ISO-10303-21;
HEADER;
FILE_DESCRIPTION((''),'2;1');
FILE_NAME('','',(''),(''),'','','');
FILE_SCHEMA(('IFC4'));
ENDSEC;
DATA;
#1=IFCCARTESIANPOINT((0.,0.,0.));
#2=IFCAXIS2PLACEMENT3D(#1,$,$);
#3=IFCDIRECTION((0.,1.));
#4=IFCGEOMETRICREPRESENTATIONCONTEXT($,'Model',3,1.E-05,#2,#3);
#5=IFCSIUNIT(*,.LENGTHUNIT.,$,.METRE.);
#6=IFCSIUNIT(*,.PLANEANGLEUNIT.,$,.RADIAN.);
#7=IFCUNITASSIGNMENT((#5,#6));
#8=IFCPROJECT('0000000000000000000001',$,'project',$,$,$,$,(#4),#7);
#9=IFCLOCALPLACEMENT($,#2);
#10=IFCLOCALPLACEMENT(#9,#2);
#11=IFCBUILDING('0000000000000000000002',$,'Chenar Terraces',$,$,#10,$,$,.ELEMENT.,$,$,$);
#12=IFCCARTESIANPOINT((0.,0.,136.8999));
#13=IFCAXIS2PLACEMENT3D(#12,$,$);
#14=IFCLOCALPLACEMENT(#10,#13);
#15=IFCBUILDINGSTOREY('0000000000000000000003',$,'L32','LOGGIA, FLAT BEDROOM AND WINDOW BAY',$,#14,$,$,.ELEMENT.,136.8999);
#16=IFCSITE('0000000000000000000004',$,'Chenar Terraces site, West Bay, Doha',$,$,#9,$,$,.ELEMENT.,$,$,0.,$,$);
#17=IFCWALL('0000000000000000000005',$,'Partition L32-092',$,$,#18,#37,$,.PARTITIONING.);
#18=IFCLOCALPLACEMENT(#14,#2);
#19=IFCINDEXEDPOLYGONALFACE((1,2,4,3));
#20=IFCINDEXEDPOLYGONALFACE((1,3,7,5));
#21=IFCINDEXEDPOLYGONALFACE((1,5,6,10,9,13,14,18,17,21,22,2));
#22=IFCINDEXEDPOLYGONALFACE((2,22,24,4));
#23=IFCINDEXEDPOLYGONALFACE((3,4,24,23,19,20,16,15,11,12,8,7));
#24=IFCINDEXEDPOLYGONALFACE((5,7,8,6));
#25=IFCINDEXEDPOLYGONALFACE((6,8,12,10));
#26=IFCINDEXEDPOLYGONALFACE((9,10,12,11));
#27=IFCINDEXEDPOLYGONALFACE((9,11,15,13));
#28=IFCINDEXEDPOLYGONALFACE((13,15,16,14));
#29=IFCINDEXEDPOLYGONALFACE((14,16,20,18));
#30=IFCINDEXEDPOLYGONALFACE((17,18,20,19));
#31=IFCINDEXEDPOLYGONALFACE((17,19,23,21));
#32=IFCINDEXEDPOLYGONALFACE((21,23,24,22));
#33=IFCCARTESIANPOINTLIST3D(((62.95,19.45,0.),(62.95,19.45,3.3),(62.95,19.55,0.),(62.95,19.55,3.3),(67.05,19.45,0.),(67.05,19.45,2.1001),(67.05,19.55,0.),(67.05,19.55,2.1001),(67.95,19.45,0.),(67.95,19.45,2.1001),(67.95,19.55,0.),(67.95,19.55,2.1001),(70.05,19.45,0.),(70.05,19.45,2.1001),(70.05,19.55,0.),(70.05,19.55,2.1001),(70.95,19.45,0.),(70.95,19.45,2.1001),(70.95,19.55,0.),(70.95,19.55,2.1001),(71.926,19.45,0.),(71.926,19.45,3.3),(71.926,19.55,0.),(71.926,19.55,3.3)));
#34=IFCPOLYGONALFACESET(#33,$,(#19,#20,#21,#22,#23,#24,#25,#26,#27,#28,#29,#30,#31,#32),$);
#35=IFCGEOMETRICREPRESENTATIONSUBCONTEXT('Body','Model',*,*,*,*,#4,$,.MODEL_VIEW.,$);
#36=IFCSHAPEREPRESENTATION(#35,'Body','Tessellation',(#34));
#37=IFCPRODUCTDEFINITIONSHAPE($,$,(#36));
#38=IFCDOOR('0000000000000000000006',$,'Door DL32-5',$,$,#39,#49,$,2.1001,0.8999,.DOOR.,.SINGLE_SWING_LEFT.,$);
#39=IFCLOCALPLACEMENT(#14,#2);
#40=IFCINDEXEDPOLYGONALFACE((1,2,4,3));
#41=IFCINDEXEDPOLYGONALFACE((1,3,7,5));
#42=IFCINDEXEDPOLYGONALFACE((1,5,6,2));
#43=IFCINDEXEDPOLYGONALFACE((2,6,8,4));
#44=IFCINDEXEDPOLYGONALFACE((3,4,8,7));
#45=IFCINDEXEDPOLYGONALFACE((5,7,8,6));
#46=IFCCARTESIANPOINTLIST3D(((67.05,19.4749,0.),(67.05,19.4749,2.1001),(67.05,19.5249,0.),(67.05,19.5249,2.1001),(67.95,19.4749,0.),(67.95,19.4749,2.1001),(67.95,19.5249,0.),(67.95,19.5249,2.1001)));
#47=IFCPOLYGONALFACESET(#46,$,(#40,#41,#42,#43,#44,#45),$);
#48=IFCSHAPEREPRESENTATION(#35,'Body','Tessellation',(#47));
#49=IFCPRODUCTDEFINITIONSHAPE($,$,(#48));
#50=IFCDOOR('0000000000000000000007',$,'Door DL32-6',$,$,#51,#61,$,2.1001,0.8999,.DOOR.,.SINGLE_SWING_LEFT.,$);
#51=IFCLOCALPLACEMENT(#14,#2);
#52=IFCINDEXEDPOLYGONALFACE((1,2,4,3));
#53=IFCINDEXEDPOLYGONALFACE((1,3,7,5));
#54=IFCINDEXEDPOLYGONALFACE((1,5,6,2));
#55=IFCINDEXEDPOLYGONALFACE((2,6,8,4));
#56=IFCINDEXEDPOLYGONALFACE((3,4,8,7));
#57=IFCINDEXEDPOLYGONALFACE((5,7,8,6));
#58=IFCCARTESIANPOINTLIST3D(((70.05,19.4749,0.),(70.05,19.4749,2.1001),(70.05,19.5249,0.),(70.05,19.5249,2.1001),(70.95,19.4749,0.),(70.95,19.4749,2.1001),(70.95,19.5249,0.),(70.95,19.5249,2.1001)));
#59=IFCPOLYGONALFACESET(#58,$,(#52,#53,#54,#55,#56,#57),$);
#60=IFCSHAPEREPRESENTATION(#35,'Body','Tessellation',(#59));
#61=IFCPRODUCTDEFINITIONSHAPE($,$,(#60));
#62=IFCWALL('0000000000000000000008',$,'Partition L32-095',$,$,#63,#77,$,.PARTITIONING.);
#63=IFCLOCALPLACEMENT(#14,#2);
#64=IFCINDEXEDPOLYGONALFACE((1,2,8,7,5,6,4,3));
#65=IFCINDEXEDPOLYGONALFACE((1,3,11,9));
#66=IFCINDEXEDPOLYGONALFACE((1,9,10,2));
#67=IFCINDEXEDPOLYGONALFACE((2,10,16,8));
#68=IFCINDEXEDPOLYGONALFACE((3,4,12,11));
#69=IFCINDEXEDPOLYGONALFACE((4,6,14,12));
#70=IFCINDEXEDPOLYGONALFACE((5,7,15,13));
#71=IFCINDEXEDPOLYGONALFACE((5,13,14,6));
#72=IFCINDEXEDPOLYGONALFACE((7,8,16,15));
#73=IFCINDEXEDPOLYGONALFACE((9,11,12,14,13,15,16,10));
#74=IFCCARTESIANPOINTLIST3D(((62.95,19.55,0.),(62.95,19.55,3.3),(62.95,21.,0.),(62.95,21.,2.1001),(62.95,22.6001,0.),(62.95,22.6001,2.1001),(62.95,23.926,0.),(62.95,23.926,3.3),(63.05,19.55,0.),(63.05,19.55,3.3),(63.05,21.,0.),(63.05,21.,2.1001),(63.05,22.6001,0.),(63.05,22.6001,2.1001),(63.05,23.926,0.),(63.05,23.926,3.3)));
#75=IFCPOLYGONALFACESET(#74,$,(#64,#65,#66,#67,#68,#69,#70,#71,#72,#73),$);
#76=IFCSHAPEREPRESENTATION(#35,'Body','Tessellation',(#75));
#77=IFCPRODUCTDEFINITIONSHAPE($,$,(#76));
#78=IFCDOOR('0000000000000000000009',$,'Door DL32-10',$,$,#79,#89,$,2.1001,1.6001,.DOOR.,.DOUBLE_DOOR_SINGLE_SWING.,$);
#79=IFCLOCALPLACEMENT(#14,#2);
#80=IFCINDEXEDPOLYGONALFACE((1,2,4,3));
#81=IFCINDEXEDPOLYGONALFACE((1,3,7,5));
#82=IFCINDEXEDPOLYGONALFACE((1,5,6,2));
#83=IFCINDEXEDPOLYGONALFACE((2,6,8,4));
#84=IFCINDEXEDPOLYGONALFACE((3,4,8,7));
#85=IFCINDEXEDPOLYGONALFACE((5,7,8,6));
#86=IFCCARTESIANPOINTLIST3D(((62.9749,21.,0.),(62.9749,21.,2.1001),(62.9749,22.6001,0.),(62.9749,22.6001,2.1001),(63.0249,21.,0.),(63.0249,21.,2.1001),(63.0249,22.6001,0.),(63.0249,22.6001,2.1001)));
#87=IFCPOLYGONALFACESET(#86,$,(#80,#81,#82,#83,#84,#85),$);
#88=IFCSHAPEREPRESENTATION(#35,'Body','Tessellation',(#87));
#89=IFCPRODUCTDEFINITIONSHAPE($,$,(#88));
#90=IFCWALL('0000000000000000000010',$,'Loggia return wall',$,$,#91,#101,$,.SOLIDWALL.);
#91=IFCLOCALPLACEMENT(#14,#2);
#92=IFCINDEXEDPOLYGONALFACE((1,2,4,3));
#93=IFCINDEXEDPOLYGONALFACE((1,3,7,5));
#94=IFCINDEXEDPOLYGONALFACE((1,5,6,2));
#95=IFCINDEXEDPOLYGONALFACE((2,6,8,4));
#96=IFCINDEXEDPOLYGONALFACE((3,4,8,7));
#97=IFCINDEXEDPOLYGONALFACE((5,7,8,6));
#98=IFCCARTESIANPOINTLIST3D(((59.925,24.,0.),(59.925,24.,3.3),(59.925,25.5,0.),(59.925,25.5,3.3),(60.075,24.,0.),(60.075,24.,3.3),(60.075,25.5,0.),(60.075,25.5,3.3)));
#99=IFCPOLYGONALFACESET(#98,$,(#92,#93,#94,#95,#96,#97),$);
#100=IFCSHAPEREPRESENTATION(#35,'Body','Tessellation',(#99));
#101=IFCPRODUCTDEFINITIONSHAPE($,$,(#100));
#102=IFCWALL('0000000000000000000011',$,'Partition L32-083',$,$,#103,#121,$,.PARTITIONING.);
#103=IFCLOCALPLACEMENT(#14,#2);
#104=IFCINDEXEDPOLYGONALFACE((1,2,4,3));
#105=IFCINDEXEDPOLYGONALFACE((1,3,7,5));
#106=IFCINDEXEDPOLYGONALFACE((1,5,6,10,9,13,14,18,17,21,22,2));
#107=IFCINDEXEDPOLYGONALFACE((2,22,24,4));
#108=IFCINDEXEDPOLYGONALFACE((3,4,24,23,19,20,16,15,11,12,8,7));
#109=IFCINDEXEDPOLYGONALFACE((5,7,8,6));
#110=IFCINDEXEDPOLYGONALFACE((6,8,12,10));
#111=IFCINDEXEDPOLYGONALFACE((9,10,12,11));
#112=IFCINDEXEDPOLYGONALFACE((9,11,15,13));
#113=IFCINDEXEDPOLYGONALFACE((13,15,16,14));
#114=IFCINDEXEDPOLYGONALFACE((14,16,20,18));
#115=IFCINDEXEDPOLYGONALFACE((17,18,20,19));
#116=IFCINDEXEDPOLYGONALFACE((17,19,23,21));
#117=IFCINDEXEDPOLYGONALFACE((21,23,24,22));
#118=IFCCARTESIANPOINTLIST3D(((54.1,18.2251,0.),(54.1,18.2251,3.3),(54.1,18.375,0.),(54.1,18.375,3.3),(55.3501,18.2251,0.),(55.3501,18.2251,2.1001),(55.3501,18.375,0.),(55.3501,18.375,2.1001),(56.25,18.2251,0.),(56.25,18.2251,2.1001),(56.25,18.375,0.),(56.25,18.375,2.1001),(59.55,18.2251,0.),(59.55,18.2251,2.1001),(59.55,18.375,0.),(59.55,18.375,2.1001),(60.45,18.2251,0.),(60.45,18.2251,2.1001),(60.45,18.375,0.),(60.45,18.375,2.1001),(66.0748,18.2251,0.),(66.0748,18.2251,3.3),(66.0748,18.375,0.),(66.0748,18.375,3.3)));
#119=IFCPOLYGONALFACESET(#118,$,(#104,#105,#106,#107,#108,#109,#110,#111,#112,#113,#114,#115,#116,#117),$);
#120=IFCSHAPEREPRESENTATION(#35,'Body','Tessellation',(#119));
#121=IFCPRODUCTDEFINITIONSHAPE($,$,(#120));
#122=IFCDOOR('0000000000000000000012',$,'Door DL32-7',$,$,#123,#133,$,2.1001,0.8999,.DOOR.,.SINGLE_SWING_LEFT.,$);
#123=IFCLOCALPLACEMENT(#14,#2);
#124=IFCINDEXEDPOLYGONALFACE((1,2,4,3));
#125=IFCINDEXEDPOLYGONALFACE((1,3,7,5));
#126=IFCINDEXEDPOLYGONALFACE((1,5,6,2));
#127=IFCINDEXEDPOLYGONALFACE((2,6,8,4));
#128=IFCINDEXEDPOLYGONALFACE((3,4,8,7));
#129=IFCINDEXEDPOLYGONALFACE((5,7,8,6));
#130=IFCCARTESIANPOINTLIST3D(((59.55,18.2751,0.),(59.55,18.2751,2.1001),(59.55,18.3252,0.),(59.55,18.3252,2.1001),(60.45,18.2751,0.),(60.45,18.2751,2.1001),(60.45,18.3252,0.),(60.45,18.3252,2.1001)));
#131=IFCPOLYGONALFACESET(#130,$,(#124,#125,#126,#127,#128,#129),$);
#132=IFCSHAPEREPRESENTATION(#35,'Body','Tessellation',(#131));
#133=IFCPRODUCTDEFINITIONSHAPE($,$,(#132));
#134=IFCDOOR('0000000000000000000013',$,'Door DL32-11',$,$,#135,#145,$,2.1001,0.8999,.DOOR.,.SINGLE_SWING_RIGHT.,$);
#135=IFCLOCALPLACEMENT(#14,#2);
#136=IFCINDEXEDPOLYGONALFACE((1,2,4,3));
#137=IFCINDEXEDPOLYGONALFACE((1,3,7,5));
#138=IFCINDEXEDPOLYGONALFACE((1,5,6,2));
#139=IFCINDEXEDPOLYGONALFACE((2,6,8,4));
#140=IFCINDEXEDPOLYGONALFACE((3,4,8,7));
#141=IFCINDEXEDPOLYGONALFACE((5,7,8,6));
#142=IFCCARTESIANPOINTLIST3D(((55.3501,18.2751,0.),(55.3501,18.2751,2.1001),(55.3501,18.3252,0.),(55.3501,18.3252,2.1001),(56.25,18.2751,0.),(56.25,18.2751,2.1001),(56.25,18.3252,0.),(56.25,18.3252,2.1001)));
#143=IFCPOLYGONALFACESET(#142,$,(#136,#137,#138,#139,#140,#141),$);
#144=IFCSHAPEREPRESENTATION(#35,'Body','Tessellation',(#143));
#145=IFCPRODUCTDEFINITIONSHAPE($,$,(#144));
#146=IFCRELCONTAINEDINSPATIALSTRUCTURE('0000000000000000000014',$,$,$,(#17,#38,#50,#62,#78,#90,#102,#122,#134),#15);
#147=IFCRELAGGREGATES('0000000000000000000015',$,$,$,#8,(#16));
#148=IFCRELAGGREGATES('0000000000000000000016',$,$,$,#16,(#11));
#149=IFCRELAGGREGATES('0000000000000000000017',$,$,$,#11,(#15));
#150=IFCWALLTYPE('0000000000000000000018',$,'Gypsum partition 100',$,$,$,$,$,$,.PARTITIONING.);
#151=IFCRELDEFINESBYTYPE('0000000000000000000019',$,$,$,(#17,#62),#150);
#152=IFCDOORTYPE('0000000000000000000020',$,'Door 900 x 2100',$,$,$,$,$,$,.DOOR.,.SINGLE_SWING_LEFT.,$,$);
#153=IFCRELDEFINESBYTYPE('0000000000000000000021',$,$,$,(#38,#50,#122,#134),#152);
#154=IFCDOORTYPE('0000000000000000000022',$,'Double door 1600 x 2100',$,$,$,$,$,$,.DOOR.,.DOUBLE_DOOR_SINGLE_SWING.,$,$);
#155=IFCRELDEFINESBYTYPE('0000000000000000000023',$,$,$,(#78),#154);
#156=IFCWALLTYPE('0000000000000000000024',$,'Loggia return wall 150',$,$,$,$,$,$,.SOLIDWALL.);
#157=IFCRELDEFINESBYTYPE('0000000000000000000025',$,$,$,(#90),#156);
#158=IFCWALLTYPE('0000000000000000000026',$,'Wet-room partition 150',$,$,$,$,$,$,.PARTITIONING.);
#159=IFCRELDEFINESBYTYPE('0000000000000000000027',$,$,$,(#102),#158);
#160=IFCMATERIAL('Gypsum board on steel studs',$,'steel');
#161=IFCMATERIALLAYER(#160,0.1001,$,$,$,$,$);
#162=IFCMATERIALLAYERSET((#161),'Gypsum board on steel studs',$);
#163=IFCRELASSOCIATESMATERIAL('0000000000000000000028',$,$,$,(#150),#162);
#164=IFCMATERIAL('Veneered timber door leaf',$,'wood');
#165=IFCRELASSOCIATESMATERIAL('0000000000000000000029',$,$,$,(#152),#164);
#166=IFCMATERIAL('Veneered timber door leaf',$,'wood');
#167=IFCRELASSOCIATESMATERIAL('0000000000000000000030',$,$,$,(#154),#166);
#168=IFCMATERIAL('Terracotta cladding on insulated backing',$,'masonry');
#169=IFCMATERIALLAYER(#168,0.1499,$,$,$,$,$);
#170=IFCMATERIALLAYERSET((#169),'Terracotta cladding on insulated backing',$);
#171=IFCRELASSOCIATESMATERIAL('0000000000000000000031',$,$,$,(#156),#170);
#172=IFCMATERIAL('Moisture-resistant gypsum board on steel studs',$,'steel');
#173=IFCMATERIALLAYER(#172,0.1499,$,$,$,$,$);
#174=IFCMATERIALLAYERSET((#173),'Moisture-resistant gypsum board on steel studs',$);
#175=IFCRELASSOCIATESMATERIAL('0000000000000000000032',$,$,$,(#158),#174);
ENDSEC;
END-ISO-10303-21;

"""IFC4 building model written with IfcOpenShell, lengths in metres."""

from ifc_helpers import new_model, si_unit, direction, frame, frame_2d, origin, place, context, subcontext, project, spatial, rectangle, extrude, material, layer, layer_set, type_object, element, fill, save


model = new_model("IFC4")

# Units and contexts
model_context = context("Model", 3, precision=1e-05, world=origin(), true_north=direction((0.0, 1.0)))
body_context = subcontext(model_context, "Body", "Model", "MODEL_VIEW")
ifc_project = project(units=[si_unit("LENGTHUNIT", "METRE"), si_unit("PLANEANGLEUNIT", "RADIAN")], contexts=[model_context])

# Site, building, storey
site_placement = place(None, origin())
site = spatial("IfcSite", under=ifc_project, at=site_placement, Name="Chenar Terraces site, West Bay, Doha", CompositionType="ELEMENT", RefElevation=0.0)
building_placement = place(site_placement, origin())
building = spatial("IfcBuilding", under=site, at=building_placement, Name="Chenar Terraces", CompositionType="ELEMENT")
storey_placement = place(building_placement, frame((0.0, 0.0, 136.8999)))
storey = spatial("IfcBuildingStorey", under=building, at=storey_placement, Name="L32", Description="LOGGIA, FLAT BEDROOM AND WINDOW BAY", CompositionType="ELEMENT", Elevation=136.8999)

# Shared definitions
ifc_material_1 = material(Name="Gypsum board on steel studs", Category="steel")
ifc_layer_1 = layer(ifc_material_1, 0.1001)
ifc_layer_set_1 = layer_set([ifc_layer_1], Name="Gypsum board on steel studs")
wall_type_1 = type_object("IfcWallType", Name="Gypsum partition 100", PredefinedType="PARTITIONING", material=ifc_layer_set_1)
ifc_material_2 = material(Name="Veneered timber door leaf", Category="wood")
door_type_1 = type_object("IfcDoorType", Name="Door 900 x 2100", OperationType="SINGLE_SWING_LEFT", PredefinedType="DOOR", material=ifc_material_2)

# Wall, openings, doors
wall_1_placement = place(storey_placement, frame((62.95, 19.5, 0.0), z_axis=(0.0, 0.0, 1.0), x_axis=(1.0, 0.0, 0.0)))
wall_1 = element("IfcWall", 1, at=wall_1_placement, inside=storey, type_object=wall_type_1, Name="Partition L32-092", PredefinedType="PARTITIONING", context=body_context, shape_type="SweptSolid", body=[
    extrude(rectangle(XDim=8.9761, YDim=0.1001, at=frame_2d((4.488, 0.0))), origin(), (0.0, 0.0, 1.0), 3.3),
])
opening_1_placement = place(wall_1_placement, frame((4.1001, 0.0, 0.0)))
opening_1 = element("IfcOpeningElement", 2, at=opening_1_placement, cuts=wall_1, PredefinedType="OPENING", context=body_context, shape_type="SweptSolid", body=[
    extrude(rectangle(XDim=0.8999, YDim=2.1001, at=frame_2d((0.45, 1.05))), frame((0.0, 0.0601, 0.0), z_axis=(0.0, -1.0, 0.0), x_axis=(1.0, 0.0, 0.0)), (0.0, 0.0, 1.0), 0.1201),
])
opening_2_placement = place(wall_1_placement, frame((7.1001, 0.0, 0.0)))
opening_2 = element("IfcOpeningElement", 3, at=opening_2_placement, cuts=wall_1, PredefinedType="OPENING", context=body_context, shape_type="SweptSolid", body=[
    extrude(rectangle(XDim=0.8999, YDim=2.1001, at=frame_2d((0.45, 1.05))), frame((0.0, 0.0601, 0.0), z_axis=(0.0, -1.0, 0.0), x_axis=(1.0, 0.0, 0.0)), (0.0, 0.0, 1.0), 0.1201),
])
door_1_placement = place(opening_1_placement, origin())
door_1 = element("IfcDoor", 4, at=door_1_placement, inside=storey, type_object=door_type_1, Name="Door DL32-5", OperationType="SINGLE_SWING_LEFT", OverallHeight=2.1001, OverallWidth=0.8999, PredefinedType="DOOR", context=body_context, shape_type="SweptSolid", body=[
    extrude(rectangle(XDim=0.8999, YDim=2.1001, at=frame_2d((0.45, 1.05))), frame((0.0, 0.0249, 0.0), z_axis=(0.0, -1.0, 0.0), x_axis=(1.0, 0.0, 0.0)), (0.0, 0.0, 1.0), 0.05),
])
fill(opening_1, door_1)
door_2_placement = place(opening_2_placement, origin())
door_2 = element("IfcDoor", 5, at=door_2_placement, inside=storey, type_object=door_type_1, Name="Door DL32-6", OperationType="SINGLE_SWING_LEFT", OverallHeight=2.1001, OverallWidth=0.8999, PredefinedType="DOOR", context=body_context, shape_type="SweptSolid", body=[
    extrude(rectangle(XDim=0.8999, YDim=2.1001, at=frame_2d((0.45, 1.05))), frame((0.0, 0.0249, 0.0), z_axis=(0.0, -1.0, 0.0), x_axis=(1.0, 0.0, 0.0)), (0.0, 0.0, 1.0), 0.05),
])
fill(opening_2, door_2)

# Wall, opening, door
wall_2_placement = place(storey_placement, frame((63.0, 19.55, 0.0), z_axis=(0.0, 0.0, 1.0), x_axis=(0.0, 1.0, 0.0)))
wall_2 = element("IfcWall", 6, at=wall_2_placement, inside=storey, type_object=wall_type_1, Name="Partition L32-095", PredefinedType="PARTITIONING", context=body_context, shape_type="SweptSolid", body=[
    extrude(rectangle(XDim=4.376, YDim=0.1001, at=frame_2d((2.188, 0.0))), origin(), (0.0, 0.0, 1.0), 3.3),
])
opening_3_placement = place(wall_2_placement, frame((1.45, 0.0, 0.0)))
opening_3 = element("IfcOpeningElement", 7, at=opening_3_placement, cuts=wall_2, PredefinedType="OPENING", context=body_context, shape_type="SweptSolid", body=[
    extrude(rectangle(XDim=1.6001, YDim=2.1001, at=frame_2d((0.8, 1.05))), frame((0.0, 0.0601, 0.0), z_axis=(0.0, -1.0, 0.0), x_axis=(1.0, 0.0, 0.0)), (0.0, 0.0, 1.0), 0.1201),
])
ifc_material_3 = material(Name="Veneered timber door leaf", Category="wood")
door_type_2 = type_object("IfcDoorType", Name="Double door 1600 x 2100", OperationType="DOUBLE_DOOR_SINGLE_SWING", PredefinedType="DOOR", material=ifc_material_3)
door_3_placement = place(opening_3_placement, frame((1.6001, 0.0, 0.0), z_axis=(0.0, 0.0, 1.0), x_axis=(-1.0, 0.0, 0.0)))
door_3 = element("IfcDoor", 8, at=door_3_placement, inside=storey, type_object=door_type_2, Name="Door DL32-10", OperationType="DOUBLE_DOOR_SINGLE_SWING", OverallHeight=2.1001, OverallWidth=1.6001, PredefinedType="DOOR", context=body_context, shape_type="SweptSolid", body=[
    extrude(rectangle(XDim=1.6001, YDim=2.1001, at=frame_2d((0.8, 1.05))), frame((0.0, 0.0249, 0.0), z_axis=(0.0, -1.0, 0.0), x_axis=(1.0, 0.0, 0.0)), (0.0, 0.0, 1.0), 0.05),
])
fill(opening_3, door_3)

# Wall
ifc_material_4 = material(Name="Terracotta cladding on insulated backing", Category="masonry")
ifc_layer_2 = layer(ifc_material_4, 0.1499)
ifc_layer_set_2 = layer_set([ifc_layer_2], Name="Terracotta cladding on insulated backing")
wall_type_2 = type_object("IfcWallType", Name="Loggia return wall 150", PredefinedType="SOLIDWALL", material=ifc_layer_set_2)
wall_3_placement = place(storey_placement, frame((60.0, 25.5, 0.0), z_axis=(0.0, 0.0, 1.0), x_axis=(0.0, -1.0, 0.0)))
element("IfcWall", 9, at=wall_3_placement, inside=storey, type_object=wall_type_2, Name="Loggia return wall", PredefinedType="SOLIDWALL", context=body_context, shape_type="SweptSolid", body=[
    extrude(rectangle(XDim=1.5, YDim=0.1499, at=frame_2d((0.75, 0.0))), origin(), (0.0, 0.0, 1.0), 3.3),
])

# Wall, openings, doors
ifc_material_5 = material(Name="Moisture-resistant gypsum board on steel studs", Category="steel")
ifc_layer_3 = layer(ifc_material_5, 0.1499)
ifc_layer_set_3 = layer_set([ifc_layer_3], Name="Moisture-resistant gypsum board on steel studs")
wall_type_3 = type_object("IfcWallType", Name="Wet-room partition 150", PredefinedType="PARTITIONING", material=ifc_layer_set_3)
wall_4_placement = place(storey_placement, frame((54.1001, 18.3, 0.0), z_axis=(0.0, 0.0, 1.0), x_axis=(1.0, 0.0, 0.0)))
wall_4 = element("IfcWall", 10, at=wall_4_placement, inside=storey, type_object=wall_type_3, Name="Partition L32-083", PredefinedType="PARTITIONING", context=body_context, shape_type="SweptSolid", body=[
    extrude(rectangle(XDim=11.9749, YDim=0.1499, at=frame_2d((5.9873, 0.0))), origin(), (0.0, 0.0, 1.0), 3.3),
])
opening_4_placement = place(wall_4_placement, frame((5.45, 0.0, 0.0)))
opening_4 = element("IfcOpeningElement", 11, at=opening_4_placement, cuts=wall_4, PredefinedType="OPENING", context=body_context, shape_type="SweptSolid", body=[
    extrude(rectangle(XDim=0.8999, YDim=2.1001, at=frame_2d((0.45, 1.05))), frame((0.0, 0.085, 0.0), z_axis=(0.0, -1.0, 0.0), x_axis=(1.0, 0.0, 0.0)), (0.0, 0.0, 1.0), 0.1699),
])
opening_5_placement = place(wall_4_placement, frame((1.25, 0.0, 0.0)))
opening_5 = element("IfcOpeningElement", 12, at=opening_5_placement, cuts=wall_4, PredefinedType="OPENING", context=body_context, shape_type="SweptSolid", body=[
    extrude(rectangle(XDim=0.8999, YDim=2.1001, at=frame_2d((0.45, 1.05))), frame((0.0, 0.085, 0.0), z_axis=(0.0, -1.0, 0.0), x_axis=(1.0, 0.0, 0.0)), (0.0, 0.0, 1.0), 0.1699),
])
door_4_placement = place(opening_4_placement, frame((0.8999, 0.0, 0.0), z_axis=(0.0, 0.0, 1.0), x_axis=(-1.0, 0.0, 0.0)))
door_4 = element("IfcDoor", 13, at=door_4_placement, inside=storey, type_object=door_type_1, Name="Door DL32-7", OperationType="SINGLE_SWING_LEFT", OverallHeight=2.1001, OverallWidth=0.8999, PredefinedType="DOOR", context=body_context, shape_type="SweptSolid", body=[
    extrude(rectangle(XDim=0.8999, YDim=2.1001, at=frame_2d((0.45, 1.05))), frame((0.0, 0.0249, 0.0), z_axis=(0.0, -1.0, 0.0), x_axis=(1.0, 0.0, 0.0)), (0.0, 0.0, 1.0), 0.05),
])
fill(opening_4, door_4)
door_5_placement = place(opening_5_placement, frame((0.8999, 0.0, 0.0), z_axis=(0.0, 0.0, 1.0), x_axis=(-1.0, 0.0, 0.0)))
door_5 = element("IfcDoor", 14, at=door_5_placement, inside=storey, type_object=door_type_1, Name="Door DL32-11", OperationType="SINGLE_SWING_RIGHT", OverallHeight=2.1001, OverallWidth=0.8999, PredefinedType="DOOR", context=body_context, shape_type="SweptSolid", body=[
    extrude(rectangle(XDim=0.8999, YDim=2.1001, at=frame_2d((0.45, 1.05))), frame((0.0, 0.0249, 0.0), z_axis=(0.0, -1.0, 0.0), x_axis=(1.0, 0.0, 0.0)), (0.0, 0.0, 1.0), 0.05),
])
fill(opening_5, door_5)

save(model, "model.ifc")
